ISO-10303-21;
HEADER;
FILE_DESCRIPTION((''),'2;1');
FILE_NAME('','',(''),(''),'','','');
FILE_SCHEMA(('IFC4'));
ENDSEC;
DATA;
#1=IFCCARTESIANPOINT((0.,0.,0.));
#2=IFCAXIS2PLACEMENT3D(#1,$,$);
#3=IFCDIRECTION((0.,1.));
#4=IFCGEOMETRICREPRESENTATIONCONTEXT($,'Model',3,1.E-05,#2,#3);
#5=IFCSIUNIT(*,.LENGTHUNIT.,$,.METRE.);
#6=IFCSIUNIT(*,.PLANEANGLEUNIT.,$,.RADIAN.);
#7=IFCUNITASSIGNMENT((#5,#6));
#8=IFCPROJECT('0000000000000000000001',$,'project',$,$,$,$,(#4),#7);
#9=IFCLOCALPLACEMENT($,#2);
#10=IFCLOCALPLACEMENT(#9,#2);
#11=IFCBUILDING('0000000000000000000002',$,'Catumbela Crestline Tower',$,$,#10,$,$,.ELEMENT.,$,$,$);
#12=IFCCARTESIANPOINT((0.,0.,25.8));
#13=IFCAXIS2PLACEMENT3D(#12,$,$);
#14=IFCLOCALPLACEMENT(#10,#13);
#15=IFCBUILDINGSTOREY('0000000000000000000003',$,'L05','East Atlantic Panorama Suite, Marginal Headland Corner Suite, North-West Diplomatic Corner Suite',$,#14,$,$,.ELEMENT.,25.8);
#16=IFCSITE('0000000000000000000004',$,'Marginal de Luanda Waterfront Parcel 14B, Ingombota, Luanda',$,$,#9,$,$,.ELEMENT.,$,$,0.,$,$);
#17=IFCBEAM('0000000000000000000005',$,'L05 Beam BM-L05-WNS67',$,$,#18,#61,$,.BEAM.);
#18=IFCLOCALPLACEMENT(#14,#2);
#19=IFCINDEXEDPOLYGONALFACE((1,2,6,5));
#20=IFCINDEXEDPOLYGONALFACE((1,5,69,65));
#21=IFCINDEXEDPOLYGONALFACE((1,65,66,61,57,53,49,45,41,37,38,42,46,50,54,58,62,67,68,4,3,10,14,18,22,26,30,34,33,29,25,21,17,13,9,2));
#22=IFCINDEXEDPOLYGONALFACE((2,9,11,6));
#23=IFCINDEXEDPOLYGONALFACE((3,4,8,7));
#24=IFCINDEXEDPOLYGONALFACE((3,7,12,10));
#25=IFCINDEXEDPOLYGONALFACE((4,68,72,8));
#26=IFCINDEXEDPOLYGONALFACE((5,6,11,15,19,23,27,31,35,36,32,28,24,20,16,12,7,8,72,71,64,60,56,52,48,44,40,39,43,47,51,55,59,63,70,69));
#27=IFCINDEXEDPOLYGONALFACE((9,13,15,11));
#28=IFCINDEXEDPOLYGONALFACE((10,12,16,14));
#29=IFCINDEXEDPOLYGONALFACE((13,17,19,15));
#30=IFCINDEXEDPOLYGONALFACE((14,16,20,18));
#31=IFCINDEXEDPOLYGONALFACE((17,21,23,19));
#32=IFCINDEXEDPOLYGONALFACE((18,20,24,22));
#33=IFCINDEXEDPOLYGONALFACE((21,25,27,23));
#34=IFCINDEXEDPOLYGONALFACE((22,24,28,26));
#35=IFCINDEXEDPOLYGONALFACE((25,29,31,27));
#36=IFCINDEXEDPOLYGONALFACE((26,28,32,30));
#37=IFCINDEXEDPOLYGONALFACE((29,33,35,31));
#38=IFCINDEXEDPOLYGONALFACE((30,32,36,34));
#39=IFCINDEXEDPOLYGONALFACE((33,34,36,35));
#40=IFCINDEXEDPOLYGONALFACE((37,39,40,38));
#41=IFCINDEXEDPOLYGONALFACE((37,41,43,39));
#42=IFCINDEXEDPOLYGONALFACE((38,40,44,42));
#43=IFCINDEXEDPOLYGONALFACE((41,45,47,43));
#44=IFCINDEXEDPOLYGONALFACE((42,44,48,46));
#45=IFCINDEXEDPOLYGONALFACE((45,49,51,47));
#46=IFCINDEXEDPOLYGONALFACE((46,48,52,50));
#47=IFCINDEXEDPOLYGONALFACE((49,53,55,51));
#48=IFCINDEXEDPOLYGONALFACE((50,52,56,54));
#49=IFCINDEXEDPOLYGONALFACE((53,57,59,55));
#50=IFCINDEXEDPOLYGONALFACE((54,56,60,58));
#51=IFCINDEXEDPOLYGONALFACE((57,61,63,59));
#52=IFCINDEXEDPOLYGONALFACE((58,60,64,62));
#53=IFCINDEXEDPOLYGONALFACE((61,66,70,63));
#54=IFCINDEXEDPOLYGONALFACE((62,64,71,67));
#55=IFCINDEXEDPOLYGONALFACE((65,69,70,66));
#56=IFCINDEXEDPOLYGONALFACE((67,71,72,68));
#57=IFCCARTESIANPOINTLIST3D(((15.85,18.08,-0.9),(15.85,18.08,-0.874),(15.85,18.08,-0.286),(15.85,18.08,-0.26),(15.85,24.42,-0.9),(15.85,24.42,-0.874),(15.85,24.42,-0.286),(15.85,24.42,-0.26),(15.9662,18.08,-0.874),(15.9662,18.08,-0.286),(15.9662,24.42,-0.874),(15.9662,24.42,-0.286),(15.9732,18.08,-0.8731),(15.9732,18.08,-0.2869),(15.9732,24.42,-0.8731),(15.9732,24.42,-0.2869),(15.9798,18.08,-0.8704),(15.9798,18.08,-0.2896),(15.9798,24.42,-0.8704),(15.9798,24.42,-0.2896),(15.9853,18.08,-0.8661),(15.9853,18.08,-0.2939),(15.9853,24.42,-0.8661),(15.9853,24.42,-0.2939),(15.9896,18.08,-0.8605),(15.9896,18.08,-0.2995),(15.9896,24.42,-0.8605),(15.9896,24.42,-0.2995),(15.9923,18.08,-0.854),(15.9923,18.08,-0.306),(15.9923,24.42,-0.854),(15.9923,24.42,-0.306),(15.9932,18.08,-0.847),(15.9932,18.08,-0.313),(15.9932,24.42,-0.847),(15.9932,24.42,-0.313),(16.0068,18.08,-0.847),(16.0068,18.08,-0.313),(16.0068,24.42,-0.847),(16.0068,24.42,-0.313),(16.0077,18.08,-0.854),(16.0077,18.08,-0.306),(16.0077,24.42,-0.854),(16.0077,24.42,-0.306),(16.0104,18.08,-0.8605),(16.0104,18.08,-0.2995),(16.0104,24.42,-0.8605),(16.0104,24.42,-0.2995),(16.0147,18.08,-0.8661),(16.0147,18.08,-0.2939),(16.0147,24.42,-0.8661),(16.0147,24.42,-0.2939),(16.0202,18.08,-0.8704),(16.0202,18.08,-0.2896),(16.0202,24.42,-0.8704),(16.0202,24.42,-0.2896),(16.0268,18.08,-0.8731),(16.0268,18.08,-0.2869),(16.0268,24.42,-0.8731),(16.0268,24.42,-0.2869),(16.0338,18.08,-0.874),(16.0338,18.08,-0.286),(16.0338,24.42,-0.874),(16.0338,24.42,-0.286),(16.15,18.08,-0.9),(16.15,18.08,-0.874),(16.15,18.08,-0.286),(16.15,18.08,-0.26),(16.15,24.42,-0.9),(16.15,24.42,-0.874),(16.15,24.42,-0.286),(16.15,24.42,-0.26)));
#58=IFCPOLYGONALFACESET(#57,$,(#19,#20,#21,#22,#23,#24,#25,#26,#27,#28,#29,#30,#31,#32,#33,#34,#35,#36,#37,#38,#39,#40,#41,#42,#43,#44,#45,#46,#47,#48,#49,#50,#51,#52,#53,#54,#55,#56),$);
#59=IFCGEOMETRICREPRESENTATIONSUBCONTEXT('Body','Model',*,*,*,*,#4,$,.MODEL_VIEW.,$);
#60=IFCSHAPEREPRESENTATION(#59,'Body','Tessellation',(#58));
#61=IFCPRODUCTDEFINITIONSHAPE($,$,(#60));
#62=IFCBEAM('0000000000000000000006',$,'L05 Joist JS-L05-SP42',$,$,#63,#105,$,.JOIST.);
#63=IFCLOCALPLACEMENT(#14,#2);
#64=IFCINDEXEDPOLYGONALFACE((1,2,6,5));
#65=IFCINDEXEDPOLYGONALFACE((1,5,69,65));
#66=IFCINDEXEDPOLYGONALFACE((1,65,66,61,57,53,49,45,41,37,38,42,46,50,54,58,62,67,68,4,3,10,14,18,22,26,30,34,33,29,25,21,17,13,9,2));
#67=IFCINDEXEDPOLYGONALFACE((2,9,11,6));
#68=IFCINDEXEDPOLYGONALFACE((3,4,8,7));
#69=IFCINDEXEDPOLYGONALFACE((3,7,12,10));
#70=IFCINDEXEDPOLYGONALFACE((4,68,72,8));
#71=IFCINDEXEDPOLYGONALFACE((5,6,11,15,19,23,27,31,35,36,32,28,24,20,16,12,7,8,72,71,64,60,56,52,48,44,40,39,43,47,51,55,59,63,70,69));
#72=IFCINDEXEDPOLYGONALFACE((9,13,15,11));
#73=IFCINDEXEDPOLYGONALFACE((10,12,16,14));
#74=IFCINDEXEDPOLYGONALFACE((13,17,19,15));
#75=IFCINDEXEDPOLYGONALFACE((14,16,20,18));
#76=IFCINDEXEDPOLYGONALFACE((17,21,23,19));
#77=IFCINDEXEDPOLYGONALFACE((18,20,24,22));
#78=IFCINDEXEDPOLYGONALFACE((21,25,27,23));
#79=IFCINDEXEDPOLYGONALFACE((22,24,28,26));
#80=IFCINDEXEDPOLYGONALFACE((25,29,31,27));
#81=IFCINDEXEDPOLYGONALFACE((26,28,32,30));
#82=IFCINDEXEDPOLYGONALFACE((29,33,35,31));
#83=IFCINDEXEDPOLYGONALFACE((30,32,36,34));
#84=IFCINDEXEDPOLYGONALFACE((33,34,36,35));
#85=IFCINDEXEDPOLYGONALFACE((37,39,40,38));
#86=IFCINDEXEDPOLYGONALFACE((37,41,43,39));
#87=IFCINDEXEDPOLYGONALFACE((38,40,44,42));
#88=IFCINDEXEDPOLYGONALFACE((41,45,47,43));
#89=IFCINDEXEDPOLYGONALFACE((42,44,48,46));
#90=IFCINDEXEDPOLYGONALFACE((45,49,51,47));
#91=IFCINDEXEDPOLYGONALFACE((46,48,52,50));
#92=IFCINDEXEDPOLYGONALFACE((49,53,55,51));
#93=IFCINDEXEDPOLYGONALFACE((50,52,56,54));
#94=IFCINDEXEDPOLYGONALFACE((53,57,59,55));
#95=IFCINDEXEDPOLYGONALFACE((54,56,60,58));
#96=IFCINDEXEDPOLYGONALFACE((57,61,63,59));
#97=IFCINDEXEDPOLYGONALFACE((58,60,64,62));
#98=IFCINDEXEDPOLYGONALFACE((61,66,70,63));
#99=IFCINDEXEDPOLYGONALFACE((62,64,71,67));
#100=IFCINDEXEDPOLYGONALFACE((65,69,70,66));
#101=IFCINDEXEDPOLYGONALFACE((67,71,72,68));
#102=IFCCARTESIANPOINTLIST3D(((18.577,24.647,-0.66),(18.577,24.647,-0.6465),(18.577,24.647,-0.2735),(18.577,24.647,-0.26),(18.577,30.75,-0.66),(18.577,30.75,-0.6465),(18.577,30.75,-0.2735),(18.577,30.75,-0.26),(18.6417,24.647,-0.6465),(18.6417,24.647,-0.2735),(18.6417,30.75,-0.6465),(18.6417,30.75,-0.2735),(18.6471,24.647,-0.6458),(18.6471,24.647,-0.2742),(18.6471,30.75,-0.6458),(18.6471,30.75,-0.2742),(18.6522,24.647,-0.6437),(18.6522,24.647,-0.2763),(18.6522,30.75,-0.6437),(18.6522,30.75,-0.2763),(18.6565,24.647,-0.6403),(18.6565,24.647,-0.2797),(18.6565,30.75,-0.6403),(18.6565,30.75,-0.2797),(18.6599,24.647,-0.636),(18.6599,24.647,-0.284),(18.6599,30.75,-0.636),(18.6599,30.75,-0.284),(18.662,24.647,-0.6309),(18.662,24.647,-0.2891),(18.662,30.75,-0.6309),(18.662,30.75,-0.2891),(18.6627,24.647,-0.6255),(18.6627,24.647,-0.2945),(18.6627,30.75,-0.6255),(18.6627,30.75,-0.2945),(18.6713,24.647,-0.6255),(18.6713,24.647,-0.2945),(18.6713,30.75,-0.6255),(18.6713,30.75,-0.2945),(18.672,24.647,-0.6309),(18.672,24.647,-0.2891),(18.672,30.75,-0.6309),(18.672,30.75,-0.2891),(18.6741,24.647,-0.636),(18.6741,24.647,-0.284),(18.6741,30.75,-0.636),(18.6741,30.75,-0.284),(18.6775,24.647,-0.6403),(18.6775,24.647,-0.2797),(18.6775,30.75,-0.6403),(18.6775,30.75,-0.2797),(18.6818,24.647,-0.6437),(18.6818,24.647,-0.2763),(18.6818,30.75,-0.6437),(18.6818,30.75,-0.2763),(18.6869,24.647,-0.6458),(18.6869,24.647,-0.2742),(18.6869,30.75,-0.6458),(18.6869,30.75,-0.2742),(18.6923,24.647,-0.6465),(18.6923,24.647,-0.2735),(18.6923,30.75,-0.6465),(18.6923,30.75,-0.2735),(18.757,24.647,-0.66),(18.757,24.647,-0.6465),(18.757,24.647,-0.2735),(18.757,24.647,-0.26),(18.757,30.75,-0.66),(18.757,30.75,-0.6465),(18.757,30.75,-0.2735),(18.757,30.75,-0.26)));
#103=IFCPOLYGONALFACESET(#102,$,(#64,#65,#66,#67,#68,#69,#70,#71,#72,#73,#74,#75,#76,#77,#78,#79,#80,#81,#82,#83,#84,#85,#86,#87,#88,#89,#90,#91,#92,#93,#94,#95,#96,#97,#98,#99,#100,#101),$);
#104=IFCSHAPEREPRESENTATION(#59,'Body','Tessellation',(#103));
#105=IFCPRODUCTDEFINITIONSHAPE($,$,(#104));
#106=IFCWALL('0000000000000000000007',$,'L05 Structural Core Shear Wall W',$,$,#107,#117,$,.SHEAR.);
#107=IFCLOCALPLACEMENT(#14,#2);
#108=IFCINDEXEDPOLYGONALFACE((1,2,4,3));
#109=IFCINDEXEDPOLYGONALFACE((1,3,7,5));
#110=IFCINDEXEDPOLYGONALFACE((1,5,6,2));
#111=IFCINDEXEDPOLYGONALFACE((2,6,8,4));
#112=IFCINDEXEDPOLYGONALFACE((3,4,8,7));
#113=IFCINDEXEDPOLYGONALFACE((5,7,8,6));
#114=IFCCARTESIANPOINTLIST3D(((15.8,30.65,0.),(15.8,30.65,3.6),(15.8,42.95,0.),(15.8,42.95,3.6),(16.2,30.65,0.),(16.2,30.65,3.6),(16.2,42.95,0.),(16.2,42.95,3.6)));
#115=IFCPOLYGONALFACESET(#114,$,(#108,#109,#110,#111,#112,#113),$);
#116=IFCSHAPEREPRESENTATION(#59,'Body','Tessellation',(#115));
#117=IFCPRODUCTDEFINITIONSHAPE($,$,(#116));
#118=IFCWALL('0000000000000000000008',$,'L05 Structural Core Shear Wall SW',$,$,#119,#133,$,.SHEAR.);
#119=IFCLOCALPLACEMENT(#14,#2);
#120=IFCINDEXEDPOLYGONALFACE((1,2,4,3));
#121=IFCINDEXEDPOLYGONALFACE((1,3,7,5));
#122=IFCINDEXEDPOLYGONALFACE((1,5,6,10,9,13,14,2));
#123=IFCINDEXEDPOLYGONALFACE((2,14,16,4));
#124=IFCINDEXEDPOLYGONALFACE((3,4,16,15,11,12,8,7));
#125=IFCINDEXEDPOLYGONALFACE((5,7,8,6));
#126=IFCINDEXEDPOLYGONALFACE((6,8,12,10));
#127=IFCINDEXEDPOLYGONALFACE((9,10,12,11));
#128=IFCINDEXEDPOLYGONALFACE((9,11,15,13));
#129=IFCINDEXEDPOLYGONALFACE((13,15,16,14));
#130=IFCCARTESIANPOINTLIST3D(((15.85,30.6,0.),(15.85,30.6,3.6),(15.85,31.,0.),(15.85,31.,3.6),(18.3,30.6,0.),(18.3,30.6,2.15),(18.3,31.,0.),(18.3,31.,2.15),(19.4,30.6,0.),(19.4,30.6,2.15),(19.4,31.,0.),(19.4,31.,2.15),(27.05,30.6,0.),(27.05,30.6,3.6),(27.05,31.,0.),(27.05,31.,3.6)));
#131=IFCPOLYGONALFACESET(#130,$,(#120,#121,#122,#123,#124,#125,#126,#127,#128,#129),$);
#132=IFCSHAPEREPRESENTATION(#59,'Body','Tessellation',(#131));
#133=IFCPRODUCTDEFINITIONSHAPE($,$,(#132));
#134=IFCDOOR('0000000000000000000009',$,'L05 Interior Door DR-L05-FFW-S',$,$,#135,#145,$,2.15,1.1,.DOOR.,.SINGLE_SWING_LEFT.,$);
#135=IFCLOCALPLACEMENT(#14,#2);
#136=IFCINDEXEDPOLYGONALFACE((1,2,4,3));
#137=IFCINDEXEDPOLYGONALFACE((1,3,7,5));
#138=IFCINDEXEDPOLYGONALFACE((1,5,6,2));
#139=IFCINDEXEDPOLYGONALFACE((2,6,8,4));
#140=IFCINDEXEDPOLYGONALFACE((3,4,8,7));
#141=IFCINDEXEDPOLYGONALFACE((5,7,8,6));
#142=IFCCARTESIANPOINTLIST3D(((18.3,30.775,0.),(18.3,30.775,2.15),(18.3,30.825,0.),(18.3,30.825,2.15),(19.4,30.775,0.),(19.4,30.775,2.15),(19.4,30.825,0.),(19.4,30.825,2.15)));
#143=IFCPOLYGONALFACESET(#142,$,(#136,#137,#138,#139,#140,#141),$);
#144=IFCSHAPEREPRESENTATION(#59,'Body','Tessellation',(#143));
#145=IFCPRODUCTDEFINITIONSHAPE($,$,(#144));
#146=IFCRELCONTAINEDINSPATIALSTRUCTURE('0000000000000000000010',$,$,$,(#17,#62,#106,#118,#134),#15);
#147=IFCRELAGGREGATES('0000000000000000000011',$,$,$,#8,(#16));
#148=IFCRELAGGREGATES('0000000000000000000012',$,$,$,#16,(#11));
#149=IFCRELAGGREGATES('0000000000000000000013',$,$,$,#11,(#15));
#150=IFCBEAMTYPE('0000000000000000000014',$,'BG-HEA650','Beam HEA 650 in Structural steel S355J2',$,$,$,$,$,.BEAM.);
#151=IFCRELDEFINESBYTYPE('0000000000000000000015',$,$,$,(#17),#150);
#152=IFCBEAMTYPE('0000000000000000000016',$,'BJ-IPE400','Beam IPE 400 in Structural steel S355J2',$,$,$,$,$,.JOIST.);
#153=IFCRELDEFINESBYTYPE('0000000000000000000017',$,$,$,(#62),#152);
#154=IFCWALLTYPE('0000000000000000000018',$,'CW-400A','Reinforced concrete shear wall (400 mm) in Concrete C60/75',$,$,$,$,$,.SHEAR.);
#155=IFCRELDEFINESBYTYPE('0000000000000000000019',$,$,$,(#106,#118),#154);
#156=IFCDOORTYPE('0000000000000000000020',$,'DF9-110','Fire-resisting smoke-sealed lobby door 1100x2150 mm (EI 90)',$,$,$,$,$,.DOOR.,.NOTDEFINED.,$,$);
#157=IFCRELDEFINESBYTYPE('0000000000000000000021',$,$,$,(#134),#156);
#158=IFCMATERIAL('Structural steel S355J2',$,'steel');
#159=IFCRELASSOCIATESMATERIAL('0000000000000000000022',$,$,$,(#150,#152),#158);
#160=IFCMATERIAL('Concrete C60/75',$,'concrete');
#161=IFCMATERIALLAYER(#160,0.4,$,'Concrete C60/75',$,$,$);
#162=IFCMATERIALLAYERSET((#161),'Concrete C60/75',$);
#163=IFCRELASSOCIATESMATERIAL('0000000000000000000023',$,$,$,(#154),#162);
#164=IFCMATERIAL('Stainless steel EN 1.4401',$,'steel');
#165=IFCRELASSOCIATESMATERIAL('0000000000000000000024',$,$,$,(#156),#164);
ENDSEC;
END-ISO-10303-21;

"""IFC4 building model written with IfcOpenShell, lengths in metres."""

from ifc_helpers import new_model, si_unit, direction, frame, frame_2d, origin, origin_2d, place, context, subcontext, project, spatial, rectangle, i_section, extrude, material, layer, layer_set, material_profile, profile_set, type_object, element, fill, save


model = new_model("IFC4")

# Units and contexts
model_context = context("Model", 3, precision=1e-05, world=origin(), true_north=direction((0.0, 1.0)))
body_context = subcontext(model_context, "Body", "Model", "MODEL_VIEW")
ifc_project = project(units=[si_unit("LENGTHUNIT", "METRE"), si_unit("PLANEANGLEUNIT", "RADIAN")], contexts=[model_context])

# Site, building, storey
site_placement = place(None, origin())
site = spatial("IfcSite", under=ifc_project, at=site_placement, Name="Marginal de Luanda Waterfront Parcel 14B, Ingombota, Luanda", CompositionType="ELEMENT", RefElevation=0.0)
building_placement = place(site_placement, origin())
building = spatial("IfcBuilding", under=site, at=building_placement, Name="Catumbela Crestline Tower", CompositionType="ELEMENT")
storey_placement = place(building_placement, frame((0.0, 0.0, 25.8)))
storey = spatial("IfcBuildingStorey", under=building, at=storey_placement, Name="L05", Description="East Atlantic Panorama Suite, Marginal Headland Corner Suite, North-West Diplomatic Corner Suite", CompositionType="ELEMENT", Elevation=25.8)

# Shared definitions
ifc_material_1 = material(Name="Concrete C60/75", Category="concrete")

# Beams
ifc_material_2 = material(Name="Structural steel S355J2", Category="steel")
ifc_material_profile_1 = material_profile(ifc_material_2, i_section(OverallWidth=0.3, OverallDepth=0.64, WebThickness=0.0135, FlangeThickness=0.026, FilletRadius=0.027, at=origin_2d()), Name="HEA 650")
ifc_profile_set_1 = profile_set([ifc_material_profile_1], Name="Structural steel S355J2")
beam_type_1 = type_object("IfcBeamType", Name="BG-HEA650", Description="Beam HEA 650 in Structural steel S355J2", PredefinedType="BEAM", material=ifc_profile_set_1)
beam_1_placement = place(storey_placement, frame((16.0, 18.08, -0.58), z_axis=(0.0, 1.0, 0.0), x_axis=(-1.0, 0.0, 0.0)))
element("IfcBeam", 1, at=beam_1_placement, inside=storey, type_object=beam_type_1, Name="L05 Beam BM-L05-WNS67", PredefinedType="BEAM", context=body_context, shape_type="SweptSolid", body=[
    extrude(i_section(OverallWidth=0.3, OverallDepth=0.64, WebThickness=0.0135, FlangeThickness=0.026, FilletRadius=0.027, at=origin_2d()), origin(), (0.0, 0.0, 1.0), 6.34),
])
ifc_material_profile_2 = material_profile(ifc_material_2, i_section(OverallWidth=0.18, OverallDepth=0.4, WebThickness=0.0086, FlangeThickness=0.0135, FilletRadius=0.021, at=origin_2d()), Name="IPE 400")
ifc_profile_set_2 = profile_set([ifc_material_profile_2], Name="Structural steel S355J2")
beam_type_2 = type_object("IfcBeamType", Name="BJ-IPE400", Description="Beam IPE 400 in Structural steel S355J2", PredefinedType="JOIST", material=ifc_profile_set_2)
beam_2_placement = place(storey_placement, frame((18.667, 24.647, -0.46), z_axis=(0.0, 1.0, 0.0), x_axis=(-1.0, 0.0, 0.0)))
element("IfcBeam", 2, at=beam_2_placement, inside=storey, type_object=beam_type_2, Name="L05 Joist JS-L05-SP42", PredefinedType="JOIST", context=body_context, shape_type="SweptSolid", body=[
    extrude(i_section(OverallWidth=0.18, OverallDepth=0.4, WebThickness=0.0086, FlangeThickness=0.0135, FilletRadius=0.021, at=origin_2d()), origin(), (0.0, 0.0, 1.0), 6.103),
])

# Wall
ifc_layer_1 = layer(ifc_material_1, 0.4, Name="Concrete C60/75")
ifc_layer_set_1 = layer_set([ifc_layer_1], Name="Concrete C60/75")
wall_type_1 = type_object("IfcWallType", Name="CW-400A", Description="Reinforced concrete shear wall (400 mm) in Concrete C60/75", PredefinedType="SHEAR", material=ifc_layer_set_1)
wall_1_placement = place(storey_placement, frame((16.0, 30.65, 0.0), z_axis=(0.0, 0.0, 1.0), x_axis=(0.0, 1.0, 0.0)))
element("IfcWall", 3, at=wall_1_placement, inside=storey, type_object=wall_type_1, Name="L05 Structural Core Shear Wall W", PredefinedType="SHEAR", context=body_context, shape_type="SweptSolid", body=[
    extrude(rectangle(XDim=12.3, YDim=0.4, at=frame_2d((6.15, 0.0))), origin(), (0.0, 0.0, 1.0), 3.6),
])

# Wall, opening, door
wall_2_placement = place(storey_placement, frame((15.85, 30.8, 0.0), z_axis=(0.0, 0.0, 1.0), x_axis=(1.0, 0.0, 0.0)))
wall_2 = element("IfcWall", 4, at=wall_2_placement, inside=storey, type_object=wall_type_1, Name="L05 Structural Core Shear Wall SW", PredefinedType="SHEAR", context=body_context, shape_type="SweptSolid", body=[
    extrude(rectangle(XDim=11.2, YDim=0.4, at=frame_2d((5.6, 0.0))), origin(), (0.0, 0.0, 1.0), 3.6),
])
opening_1_placement = place(wall_2_placement, frame((2.45, 0.0, 0.0)))
opening_1 = element("IfcOpeningElement", 5, at=opening_1_placement, cuts=wall_2, PredefinedType="OPENING", context=body_context, shape_type="SweptSolid", body=[
    extrude(rectangle(XDim=1.1, YDim=2.15, at=frame_2d((0.55, 1.075))), frame((0.0, 0.21, 0.0), z_axis=(0.0, -1.0, 0.0), x_axis=(1.0, 0.0, 0.0)), (0.0, 0.0, 1.0), 0.42),
])
ifc_material_3 = material(Name="Stainless steel EN 1.4401", Category="steel")
door_type_1 = type_object("IfcDoorType", Name="DF9-110", Description="Fire-resisting smoke-sealed lobby door 1100x2150 mm (EI 90)", OperationType="NOTDEFINED", PredefinedType="DOOR", material=ifc_material_3)
door_1_placement = place(opening_1_placement, origin())
door_1 = element("IfcDoor", 6, at=door_1_placement, inside=storey, type_object=door_type_1, Name="L05 Interior Door DR-L05-FFW-S", OperationType="SINGLE_SWING_LEFT", OverallHeight=2.15, OverallWidth=1.1, PredefinedType="DOOR", context=body_context, shape_type="SweptSolid", body=[
    extrude(rectangle(XDim=1.1, YDim=2.15, at=frame_2d((0.55, 1.075))), frame((0.0, 0.025, 0.0), z_axis=(0.0, -1.0, 0.0), x_axis=(1.0, 0.0, 0.0)), (0.0, 0.0, 1.0), 0.05),
])
fill(opening_1, door_1)

save(model, "model.ifc")
